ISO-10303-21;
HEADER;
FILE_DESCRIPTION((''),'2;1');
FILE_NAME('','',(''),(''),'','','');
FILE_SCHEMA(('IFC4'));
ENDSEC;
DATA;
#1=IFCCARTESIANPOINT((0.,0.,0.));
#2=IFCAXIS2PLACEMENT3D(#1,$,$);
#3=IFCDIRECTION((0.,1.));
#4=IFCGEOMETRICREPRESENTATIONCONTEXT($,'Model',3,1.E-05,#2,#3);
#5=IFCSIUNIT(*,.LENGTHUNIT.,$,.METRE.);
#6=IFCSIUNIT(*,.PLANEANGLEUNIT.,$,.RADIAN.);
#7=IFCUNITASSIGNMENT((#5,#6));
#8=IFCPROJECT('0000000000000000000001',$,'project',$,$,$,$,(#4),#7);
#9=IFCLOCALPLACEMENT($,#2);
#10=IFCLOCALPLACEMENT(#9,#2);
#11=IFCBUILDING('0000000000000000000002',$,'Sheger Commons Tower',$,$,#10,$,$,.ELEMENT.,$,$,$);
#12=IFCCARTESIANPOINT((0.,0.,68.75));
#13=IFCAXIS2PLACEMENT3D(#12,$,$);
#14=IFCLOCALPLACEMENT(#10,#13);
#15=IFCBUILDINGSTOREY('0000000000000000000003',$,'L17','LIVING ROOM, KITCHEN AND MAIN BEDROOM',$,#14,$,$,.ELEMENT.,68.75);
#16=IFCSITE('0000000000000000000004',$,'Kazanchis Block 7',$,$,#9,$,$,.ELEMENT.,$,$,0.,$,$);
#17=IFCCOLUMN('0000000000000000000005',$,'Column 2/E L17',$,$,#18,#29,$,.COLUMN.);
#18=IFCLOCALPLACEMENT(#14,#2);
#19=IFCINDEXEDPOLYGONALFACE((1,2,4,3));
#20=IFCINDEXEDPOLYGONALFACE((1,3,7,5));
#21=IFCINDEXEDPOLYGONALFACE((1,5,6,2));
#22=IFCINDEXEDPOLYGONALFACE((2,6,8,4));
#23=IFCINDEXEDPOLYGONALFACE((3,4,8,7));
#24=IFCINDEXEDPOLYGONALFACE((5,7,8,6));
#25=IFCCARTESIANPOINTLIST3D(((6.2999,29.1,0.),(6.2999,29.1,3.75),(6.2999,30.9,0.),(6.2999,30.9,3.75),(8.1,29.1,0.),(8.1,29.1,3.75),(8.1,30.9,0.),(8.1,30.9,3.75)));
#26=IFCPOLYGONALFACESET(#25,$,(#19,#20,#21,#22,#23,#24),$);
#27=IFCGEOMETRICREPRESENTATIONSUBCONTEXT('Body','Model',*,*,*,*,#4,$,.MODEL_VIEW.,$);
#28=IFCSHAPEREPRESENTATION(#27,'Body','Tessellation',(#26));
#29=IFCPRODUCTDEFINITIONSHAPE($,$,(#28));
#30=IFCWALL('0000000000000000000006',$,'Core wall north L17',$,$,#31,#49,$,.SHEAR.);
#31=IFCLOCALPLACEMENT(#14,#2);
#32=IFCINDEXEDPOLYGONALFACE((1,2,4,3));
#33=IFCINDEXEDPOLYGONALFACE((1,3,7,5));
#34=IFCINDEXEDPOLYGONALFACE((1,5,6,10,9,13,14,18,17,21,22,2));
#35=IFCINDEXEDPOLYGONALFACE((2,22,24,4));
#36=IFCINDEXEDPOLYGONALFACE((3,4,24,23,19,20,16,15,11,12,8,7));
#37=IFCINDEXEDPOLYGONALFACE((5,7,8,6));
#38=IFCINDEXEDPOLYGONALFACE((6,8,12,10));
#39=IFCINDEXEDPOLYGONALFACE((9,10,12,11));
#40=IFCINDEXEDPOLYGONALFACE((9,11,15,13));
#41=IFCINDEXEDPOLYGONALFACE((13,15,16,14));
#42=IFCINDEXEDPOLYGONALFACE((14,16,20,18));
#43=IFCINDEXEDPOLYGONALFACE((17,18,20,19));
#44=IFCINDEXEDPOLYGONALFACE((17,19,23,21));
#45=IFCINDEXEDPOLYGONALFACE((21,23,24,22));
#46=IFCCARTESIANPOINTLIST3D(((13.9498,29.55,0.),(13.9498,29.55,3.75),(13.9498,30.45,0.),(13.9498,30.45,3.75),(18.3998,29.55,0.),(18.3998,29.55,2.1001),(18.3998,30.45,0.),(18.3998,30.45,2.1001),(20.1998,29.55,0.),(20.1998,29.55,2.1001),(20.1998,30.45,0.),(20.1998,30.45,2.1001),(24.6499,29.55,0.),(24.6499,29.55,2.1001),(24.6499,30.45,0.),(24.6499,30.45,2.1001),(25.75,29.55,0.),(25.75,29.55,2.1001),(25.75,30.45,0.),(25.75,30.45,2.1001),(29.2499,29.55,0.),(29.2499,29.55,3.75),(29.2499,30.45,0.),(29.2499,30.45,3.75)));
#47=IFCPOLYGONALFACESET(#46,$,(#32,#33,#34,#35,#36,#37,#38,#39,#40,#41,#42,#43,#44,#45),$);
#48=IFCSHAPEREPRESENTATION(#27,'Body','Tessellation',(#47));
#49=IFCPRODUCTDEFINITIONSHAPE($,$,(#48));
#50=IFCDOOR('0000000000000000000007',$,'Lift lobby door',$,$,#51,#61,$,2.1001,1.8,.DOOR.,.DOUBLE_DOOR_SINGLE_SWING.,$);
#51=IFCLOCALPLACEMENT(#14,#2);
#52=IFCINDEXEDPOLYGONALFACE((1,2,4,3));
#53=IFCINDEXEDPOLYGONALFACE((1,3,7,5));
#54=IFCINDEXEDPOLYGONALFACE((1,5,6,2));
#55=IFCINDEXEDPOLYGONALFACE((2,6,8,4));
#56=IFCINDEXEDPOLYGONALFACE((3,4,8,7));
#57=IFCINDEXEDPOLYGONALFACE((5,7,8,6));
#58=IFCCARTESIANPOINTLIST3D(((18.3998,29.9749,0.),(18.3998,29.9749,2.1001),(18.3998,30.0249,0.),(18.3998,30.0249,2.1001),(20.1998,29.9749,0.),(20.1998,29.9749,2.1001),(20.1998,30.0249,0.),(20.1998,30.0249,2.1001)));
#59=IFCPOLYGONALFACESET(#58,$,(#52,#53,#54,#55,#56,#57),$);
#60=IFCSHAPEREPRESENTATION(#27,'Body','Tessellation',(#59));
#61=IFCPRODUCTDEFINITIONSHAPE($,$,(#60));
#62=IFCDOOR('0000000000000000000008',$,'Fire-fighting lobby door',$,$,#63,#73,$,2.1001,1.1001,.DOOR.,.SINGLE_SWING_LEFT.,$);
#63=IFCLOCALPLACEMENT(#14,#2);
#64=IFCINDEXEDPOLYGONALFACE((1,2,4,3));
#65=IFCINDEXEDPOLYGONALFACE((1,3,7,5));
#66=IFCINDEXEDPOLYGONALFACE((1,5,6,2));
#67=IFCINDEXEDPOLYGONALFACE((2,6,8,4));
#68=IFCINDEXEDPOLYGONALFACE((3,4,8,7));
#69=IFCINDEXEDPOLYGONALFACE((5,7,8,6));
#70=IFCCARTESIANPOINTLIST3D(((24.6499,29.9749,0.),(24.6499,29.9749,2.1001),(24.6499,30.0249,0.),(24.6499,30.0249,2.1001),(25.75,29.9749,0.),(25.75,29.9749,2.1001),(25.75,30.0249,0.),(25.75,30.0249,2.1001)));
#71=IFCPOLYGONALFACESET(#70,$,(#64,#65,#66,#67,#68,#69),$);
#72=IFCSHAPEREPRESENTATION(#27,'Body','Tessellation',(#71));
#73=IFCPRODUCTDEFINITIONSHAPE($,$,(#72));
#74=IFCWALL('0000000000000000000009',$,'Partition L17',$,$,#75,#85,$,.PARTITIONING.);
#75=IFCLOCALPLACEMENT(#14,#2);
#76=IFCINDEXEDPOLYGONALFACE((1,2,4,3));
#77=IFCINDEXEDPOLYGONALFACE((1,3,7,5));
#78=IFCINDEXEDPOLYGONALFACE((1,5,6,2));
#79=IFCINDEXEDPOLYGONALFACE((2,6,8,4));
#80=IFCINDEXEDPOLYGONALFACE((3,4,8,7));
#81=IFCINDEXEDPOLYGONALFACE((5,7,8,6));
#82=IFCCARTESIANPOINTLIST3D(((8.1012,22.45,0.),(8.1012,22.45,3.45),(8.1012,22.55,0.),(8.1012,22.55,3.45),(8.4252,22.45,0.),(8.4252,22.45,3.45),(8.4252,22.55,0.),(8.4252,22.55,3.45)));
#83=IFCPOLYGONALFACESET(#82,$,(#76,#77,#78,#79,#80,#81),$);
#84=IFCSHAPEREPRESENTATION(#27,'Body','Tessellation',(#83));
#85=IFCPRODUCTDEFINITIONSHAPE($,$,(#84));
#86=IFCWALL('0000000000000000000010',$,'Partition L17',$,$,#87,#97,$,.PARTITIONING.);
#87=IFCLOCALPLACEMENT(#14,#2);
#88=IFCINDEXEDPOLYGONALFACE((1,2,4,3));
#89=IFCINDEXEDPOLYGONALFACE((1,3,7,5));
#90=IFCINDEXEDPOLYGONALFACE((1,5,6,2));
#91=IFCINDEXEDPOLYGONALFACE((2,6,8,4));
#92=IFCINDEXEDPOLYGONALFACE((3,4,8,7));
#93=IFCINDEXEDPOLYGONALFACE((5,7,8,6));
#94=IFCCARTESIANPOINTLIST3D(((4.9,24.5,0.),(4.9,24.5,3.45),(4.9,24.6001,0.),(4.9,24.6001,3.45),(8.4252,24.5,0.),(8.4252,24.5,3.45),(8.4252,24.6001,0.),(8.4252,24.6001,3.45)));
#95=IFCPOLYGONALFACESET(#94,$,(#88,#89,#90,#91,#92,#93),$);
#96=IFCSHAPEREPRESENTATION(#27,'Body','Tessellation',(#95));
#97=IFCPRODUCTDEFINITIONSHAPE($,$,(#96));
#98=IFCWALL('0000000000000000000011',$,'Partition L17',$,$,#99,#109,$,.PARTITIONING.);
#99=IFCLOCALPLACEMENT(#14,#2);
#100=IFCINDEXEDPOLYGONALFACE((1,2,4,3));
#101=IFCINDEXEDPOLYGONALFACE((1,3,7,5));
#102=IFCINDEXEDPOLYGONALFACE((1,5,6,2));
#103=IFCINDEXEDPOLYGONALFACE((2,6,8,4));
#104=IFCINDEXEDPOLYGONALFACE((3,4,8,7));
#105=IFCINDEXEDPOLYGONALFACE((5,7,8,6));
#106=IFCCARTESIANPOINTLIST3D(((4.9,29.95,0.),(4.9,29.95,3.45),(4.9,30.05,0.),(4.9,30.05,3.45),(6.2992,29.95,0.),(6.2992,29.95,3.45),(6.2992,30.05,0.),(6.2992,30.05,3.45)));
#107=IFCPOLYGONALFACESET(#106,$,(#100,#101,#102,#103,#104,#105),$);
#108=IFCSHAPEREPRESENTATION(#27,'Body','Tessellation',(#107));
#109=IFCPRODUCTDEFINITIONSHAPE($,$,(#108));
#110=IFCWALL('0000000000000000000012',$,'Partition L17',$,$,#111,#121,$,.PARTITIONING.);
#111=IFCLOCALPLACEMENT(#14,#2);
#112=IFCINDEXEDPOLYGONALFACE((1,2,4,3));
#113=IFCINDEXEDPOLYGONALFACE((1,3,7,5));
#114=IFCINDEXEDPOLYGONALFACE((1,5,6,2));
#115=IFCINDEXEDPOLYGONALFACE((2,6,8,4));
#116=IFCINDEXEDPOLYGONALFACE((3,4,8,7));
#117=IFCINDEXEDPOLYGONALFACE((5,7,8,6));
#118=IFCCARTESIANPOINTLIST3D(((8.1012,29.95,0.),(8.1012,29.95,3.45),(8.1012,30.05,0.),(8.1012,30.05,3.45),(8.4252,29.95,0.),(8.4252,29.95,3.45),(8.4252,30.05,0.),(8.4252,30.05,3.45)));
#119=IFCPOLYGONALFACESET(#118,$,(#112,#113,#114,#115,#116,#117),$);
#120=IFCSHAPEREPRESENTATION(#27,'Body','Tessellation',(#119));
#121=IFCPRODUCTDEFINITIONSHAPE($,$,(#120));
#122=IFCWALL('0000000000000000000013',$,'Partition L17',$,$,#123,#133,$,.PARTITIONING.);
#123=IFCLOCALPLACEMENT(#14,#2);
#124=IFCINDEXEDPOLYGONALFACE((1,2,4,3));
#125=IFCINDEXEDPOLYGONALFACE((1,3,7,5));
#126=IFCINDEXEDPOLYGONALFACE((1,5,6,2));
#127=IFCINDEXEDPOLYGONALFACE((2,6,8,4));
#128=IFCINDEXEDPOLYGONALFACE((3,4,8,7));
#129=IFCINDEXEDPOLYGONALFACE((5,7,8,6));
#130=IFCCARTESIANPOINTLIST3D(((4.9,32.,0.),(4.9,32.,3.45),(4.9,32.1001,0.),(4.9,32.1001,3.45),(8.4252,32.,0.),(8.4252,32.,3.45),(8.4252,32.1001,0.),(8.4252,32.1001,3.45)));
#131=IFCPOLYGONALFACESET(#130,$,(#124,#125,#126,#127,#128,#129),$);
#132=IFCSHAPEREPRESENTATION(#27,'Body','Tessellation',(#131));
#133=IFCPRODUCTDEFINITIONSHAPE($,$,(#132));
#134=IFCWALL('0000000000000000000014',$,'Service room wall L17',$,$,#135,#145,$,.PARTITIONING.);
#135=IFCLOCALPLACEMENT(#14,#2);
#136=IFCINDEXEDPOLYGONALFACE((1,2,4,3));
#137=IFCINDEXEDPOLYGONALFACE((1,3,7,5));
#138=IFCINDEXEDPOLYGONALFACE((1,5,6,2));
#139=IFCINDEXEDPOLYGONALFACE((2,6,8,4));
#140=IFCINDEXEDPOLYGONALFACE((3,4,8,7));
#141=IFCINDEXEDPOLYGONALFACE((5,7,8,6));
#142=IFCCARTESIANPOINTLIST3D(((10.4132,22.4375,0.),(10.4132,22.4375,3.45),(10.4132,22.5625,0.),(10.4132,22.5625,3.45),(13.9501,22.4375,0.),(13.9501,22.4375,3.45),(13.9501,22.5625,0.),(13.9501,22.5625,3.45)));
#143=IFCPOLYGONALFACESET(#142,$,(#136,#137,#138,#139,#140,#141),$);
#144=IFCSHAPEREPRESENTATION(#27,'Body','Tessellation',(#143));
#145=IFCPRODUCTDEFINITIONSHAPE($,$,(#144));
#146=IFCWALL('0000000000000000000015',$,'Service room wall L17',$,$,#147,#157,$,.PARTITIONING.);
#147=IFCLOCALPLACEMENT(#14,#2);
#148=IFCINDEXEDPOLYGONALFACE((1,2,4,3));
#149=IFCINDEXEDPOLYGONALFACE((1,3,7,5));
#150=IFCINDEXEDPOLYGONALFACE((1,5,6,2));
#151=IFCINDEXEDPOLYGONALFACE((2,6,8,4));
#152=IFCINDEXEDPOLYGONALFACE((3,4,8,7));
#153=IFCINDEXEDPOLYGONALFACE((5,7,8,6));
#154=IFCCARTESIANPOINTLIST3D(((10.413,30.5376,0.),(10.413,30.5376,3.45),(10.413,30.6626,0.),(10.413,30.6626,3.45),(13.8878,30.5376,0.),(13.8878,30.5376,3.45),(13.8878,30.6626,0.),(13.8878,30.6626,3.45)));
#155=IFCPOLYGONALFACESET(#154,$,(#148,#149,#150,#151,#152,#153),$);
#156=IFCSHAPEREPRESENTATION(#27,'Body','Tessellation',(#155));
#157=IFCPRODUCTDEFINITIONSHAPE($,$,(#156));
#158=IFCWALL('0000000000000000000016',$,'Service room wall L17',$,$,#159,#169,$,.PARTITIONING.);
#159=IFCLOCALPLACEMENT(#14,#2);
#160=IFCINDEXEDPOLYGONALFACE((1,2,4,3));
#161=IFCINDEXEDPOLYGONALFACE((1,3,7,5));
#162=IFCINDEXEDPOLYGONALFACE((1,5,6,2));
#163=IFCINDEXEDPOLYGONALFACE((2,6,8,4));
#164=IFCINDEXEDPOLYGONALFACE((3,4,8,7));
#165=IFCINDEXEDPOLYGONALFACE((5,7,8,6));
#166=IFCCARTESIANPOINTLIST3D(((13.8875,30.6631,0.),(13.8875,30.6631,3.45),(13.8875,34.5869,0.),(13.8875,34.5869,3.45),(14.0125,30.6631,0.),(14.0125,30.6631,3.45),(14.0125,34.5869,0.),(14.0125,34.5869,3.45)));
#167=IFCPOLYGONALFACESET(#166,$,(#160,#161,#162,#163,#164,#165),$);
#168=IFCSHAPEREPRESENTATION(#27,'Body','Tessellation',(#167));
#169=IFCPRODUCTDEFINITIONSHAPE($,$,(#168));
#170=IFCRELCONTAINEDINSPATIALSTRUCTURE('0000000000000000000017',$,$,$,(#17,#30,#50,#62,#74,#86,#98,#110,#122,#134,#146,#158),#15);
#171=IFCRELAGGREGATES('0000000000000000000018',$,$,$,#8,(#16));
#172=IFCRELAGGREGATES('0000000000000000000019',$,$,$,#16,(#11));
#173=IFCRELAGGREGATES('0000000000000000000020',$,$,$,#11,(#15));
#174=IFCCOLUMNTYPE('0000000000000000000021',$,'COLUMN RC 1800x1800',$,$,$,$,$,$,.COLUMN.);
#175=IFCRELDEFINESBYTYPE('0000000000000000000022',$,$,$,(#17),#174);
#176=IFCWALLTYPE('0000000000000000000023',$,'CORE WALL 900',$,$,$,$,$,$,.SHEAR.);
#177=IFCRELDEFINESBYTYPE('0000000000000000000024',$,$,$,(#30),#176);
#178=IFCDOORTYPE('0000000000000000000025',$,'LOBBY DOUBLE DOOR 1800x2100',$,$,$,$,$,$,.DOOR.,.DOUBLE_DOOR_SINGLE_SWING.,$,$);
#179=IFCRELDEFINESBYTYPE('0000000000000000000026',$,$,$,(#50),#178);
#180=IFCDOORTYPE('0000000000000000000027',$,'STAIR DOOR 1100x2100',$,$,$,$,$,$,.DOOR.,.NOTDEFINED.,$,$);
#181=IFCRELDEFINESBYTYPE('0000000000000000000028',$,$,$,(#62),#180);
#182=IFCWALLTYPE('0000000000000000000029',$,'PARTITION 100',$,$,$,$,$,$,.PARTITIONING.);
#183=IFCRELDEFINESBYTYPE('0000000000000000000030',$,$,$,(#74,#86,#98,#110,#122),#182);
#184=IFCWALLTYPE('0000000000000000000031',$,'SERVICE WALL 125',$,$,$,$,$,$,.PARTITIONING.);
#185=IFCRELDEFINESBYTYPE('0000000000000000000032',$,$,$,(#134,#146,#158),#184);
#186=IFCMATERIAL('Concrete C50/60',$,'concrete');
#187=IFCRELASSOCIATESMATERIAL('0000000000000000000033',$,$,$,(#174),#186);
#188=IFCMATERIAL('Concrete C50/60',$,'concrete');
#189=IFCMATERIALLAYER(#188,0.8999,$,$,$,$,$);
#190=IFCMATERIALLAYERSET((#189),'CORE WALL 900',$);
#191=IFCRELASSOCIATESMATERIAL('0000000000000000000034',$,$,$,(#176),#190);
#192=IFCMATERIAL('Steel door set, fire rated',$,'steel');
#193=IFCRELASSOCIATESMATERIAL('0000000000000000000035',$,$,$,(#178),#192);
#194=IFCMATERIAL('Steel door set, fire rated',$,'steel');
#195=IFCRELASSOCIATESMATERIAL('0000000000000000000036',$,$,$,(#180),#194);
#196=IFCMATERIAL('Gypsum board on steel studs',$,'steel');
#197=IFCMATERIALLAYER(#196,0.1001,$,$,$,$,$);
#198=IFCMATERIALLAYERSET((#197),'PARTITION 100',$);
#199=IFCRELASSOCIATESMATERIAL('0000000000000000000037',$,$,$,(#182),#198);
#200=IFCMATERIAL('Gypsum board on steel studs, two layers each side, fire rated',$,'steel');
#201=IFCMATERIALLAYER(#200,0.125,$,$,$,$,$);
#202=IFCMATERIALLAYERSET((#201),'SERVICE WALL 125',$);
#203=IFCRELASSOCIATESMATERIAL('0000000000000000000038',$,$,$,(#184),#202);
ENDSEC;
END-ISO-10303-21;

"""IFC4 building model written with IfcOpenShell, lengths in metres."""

from ifc_helpers import new_model, si_unit, direction, frame, frame_2d, origin, origin_2d, place, context, subcontext, project, spatial, rectangle, extrude, material, layer, layer_set, material_profile, profile_set, type_object, element, fill, save


model = new_model("IFC4")

# Units and contexts
model_context = context("Model", 3, precision=1e-05, world=origin(), true_north=direction((0.0, 1.0)))
body_context = subcontext(model_context, "Body", "Model", "MODEL_VIEW")
ifc_project = project(units=[si_unit("LENGTHUNIT", "METRE"), si_unit("PLANEANGLEUNIT", "RADIAN")], contexts=[model_context])

# Site, building, storey
site_placement = place(None, origin())
site = spatial("IfcSite", under=ifc_project, at=site_placement, Name="Kazanchis Block 7", CompositionType="ELEMENT", RefElevation=0.0)
building_placement = place(site_placement, origin())
building = spatial("IfcBuilding", under=site, at=building_placement, Name="Sheger Commons Tower", CompositionType="ELEMENT")
storey_placement = place(building_placement, frame((0.0, 0.0, 68.75)))
storey = spatial("IfcBuildingStorey", under=building, at=storey_placement, Name="L17", Description="LIVING ROOM, KITCHEN AND MAIN BEDROOM", CompositionType="ELEMENT", Elevation=68.75)

# Column
ifc_material_1 = material(Name="Concrete C50/60", Category="concrete")
ifc_material_profile = material_profile(ifc_material_1, rectangle(XDim=1.8, YDim=1.8, at=origin_2d()), Name="RC 1800x1800")
ifc_profile_set = profile_set([ifc_material_profile], Name="Concrete C50/60")
column_type = type_object("IfcColumnType", Name="COLUMN RC 1800x1800", PredefinedType="COLUMN", material=ifc_profile_set)
column_placement = place(storey_placement, frame((7.2, 30.0, 0.0), z_axis=(0.0, 0.0, 1.0), x_axis=(1.0, 0.0, 0.0)))
element("IfcColumn", 1, at=column_placement, inside=storey, type_object=column_type, Name="Column 2/E L17", PredefinedType="COLUMN", context=body_context, shape_type="SweptSolid", body=[
    extrude(rectangle(XDim=1.8, YDim=1.8, at=origin_2d()), origin(), (0.0, 0.0, 1.0), 3.75),
])

# Wall, openings, doors
ifc_material_2 = material(Name="Concrete C50/60", Category="concrete")
ifc_layer_1 = layer(ifc_material_2, 0.8999)
ifc_layer_set_1 = layer_set([ifc_layer_1], Name="CORE WALL 900")
wall_type_1 = type_object("IfcWallType", Name="CORE WALL 900", PredefinedType="SHEAR", material=ifc_layer_set_1)
wall_1_placement = place(storey_placement, frame((13.95, 30.0, 0.0), z_axis=(0.0, 0.0, 1.0), x_axis=(1.0, 0.0, 0.0)))
wall_1 = element("IfcWall", 2, at=wall_1_placement, inside=storey, type_object=wall_type_1, Name="Core wall north L17", PredefinedType="SHEAR", context=body_context, shape_type="SweptSolid", body=[
    extrude(rectangle(XDim=15.3, YDim=0.8999, at=frame_2d((7.6499, 0.0))), origin(), (0.0, 0.0, 1.0), 3.75),
])
opening_1_placement = place(wall_1_placement, frame((4.45, 0.0, 0.0)))
opening_1 = element("IfcOpeningElement", 3, at=opening_1_placement, cuts=wall_1, PredefinedType="OPENING", context=body_context, shape_type="SweptSolid", body=[
    extrude(rectangle(XDim=1.8, YDim=2.1001, at=frame_2d((0.8999, 1.05))), frame((0.0, 0.46, 0.0), z_axis=(0.0, -1.0, 0.0), x_axis=(1.0, 0.0, 0.0)), (0.0, 0.0, 1.0), 0.9199),
])
opening_2_placement = place(wall_1_placement, frame((10.7, 0.0, 0.0)))
opening_2 = element("IfcOpeningElement", 4, at=opening_2_placement, cuts=wall_1, PredefinedType="OPENING", context=body_context, shape_type="SweptSolid", body=[
    extrude(rectangle(XDim=1.1001, YDim=2.1001, at=frame_2d((0.55, 1.05))), frame((0.0, 0.46, 0.0), z_axis=(0.0, -1.0, 0.0), x_axis=(1.0, 0.0, 0.0)), (0.0, 0.0, 1.0), 0.9199),
])
ifc_material_3 = material(Name="Steel door set, fire rated", Category="steel")
door_type_1 = type_object("IfcDoorType", Name="LOBBY DOUBLE DOOR 1800x2100", OperationType="DOUBLE_DOOR_SINGLE_SWING", PredefinedType="DOOR", material=ifc_material_3)
door_1_placement = place(opening_1_placement, origin())
door_1 = element("IfcDoor", 5, at=door_1_placement, inside=storey, type_object=door_type_1, Name="Lift lobby door", OperationType="DOUBLE_DOOR_SINGLE_SWING", OverallHeight=2.1001, OverallWidth=1.8, PredefinedType="DOOR", context=body_context, shape_type="SweptSolid", body=[
    extrude(rectangle(XDim=1.8, YDim=2.1001, at=frame_2d((0.8999, 1.05))), frame((0.0, 0.0249, 0.0), z_axis=(0.0, -1.0, 0.0), x_axis=(1.0, 0.0, 0.0)), (0.0, 0.0, 1.0), 0.05),
])
fill(opening_1, door_1)
ifc_material_4 = material(Name="Steel door set, fire rated", Category="steel")
door_type_2 = type_object("IfcDoorType", Name="STAIR DOOR 1100x2100", OperationType="NOTDEFINED", PredefinedType="DOOR", material=ifc_material_4)
door_2_placement = place(opening_2_placement, origin())
door_2 = element("IfcDoor", 6, at=door_2_placement, inside=storey, type_object=door_type_2, Name="Fire-fighting lobby door", OperationType="SINGLE_SWING_LEFT", OverallHeight=2.1001, OverallWidth=1.1001, PredefinedType="DOOR", context=body_context, shape_type="SweptSolid", body=[
    extrude(rectangle(XDim=1.1001, YDim=2.1001, at=frame_2d((0.55, 1.05))), frame((0.0, 0.0249, 0.0), z_axis=(0.0, -1.0, 0.0), x_axis=(1.0, 0.0, 0.0)), (0.0, 0.0, 1.0), 0.05),
])
fill(opening_2, door_2)

# Walls
ifc_material_5 = material(Name="Gypsum board on steel studs", Category="steel")
ifc_layer_2 = layer(ifc_material_5, 0.1001)
ifc_layer_set_2 = layer_set([ifc_layer_2], Name="PARTITION 100")
wall_type_2 = type_object("IfcWallType", Name="PARTITION 100", PredefinedType="PARTITIONING", material=ifc_layer_set_2)
wall_2_placement = place(storey_placement, frame((8.1011, 22.5, 0.0), z_axis=(0.0, 0.0, 1.0), x_axis=(1.0, 0.0, 0.0)))
element("IfcWall", 7, at=wall_2_placement, inside=storey, type_object=wall_type_2, Name="Partition L17", PredefinedType="PARTITIONING", context=body_context, shape_type="SweptSolid", body=[
    extrude(rectangle(XDim=0.324, YDim=0.1001, at=frame_2d((0.1621, 0.0))), origin(), (0.0, 0.0, 1.0), 3.45),
])
wall_3_placement = place(storey_placement, frame((4.8999, 24.55, 0.0), z_axis=(0.0, 0.0, 1.0), x_axis=(1.0, 0.0, 0.0)))
element("IfcWall", 8, at=wall_3_placement, inside=storey, type_object=wall_type_2, Name="Partition L17", PredefinedType="PARTITIONING", context=body_context, shape_type="SweptSolid", body=[
    extrude(rectangle(XDim=3.5251, YDim=0.1001, at=frame_2d((1.7627, 0.0))), origin(), (0.0, 0.0, 1.0), 3.45),
])
wall_4_placement = place(storey_placement, frame((4.8999, 30.0, 0.0), z_axis=(0.0, 0.0, 1.0), x_axis=(1.0, 0.0, 0.0)))
element("IfcWall", 9, at=wall_4_placement, inside=storey, type_object=wall_type_2, Name="Partition L17", PredefinedType="PARTITIONING", context=body_context, shape_type="SweptSolid", body=[
    extrude(rectangle(XDim=1.3992, YDim=0.1001, at=frame_2d((0.6997, 0.0))), origin(), (0.0, 0.0, 1.0), 3.45),
])
wall_5_placement = place(storey_placement, frame((8.1011, 30.0, 0.0), z_axis=(0.0, 0.0, 1.0), x_axis=(1.0, 0.0, 0.0)))
element("IfcWall", 10, at=wall_5_placement, inside=storey, type_object=wall_type_2, Name="Partition L17", PredefinedType="PARTITIONING", context=body_context, shape_type="SweptSolid", body=[
    extrude(rectangle(XDim=0.324, YDim=0.1001, at=frame_2d((0.1621, 0.0))), origin(), (0.0, 0.0, 1.0), 3.45),
])
wall_6_placement = place(storey_placement, frame((4.8999, 32.05, 0.0), z_axis=(0.0, 0.0, 1.0), x_axis=(1.0, 0.0, 0.0)))
element("IfcWall", 11, at=wall_6_placement, inside=storey, type_object=wall_type_2, Name="Partition L17", PredefinedType="PARTITIONING", context=body_context, shape_type="SweptSolid", body=[
    extrude(rectangle(XDim=3.5251, YDim=0.1001, at=frame_2d((1.7627, 0.0))), origin(), (0.0, 0.0, 1.0), 3.45),
])
ifc_material_6 = material(Name="Gypsum board on steel studs, two layers each side, fire rated", Category="steel")
ifc_layer_3 = layer(ifc_material_6, 0.125)
ifc_layer_set_3 = layer_set([ifc_layer_3], Name="SERVICE WALL 125")
wall_type_3 = type_object("IfcWallType", Name="SERVICE WALL 125", PredefinedType="PARTITIONING", material=ifc_layer_set_3)
wall_7_placement = place(storey_placement, frame((10.4131, 22.5, 0.0), z_axis=(0.0, 0.0, 1.0), x_axis=(1.0, 0.0, 0.0)))
element("IfcWall", 12, at=wall_7_placement, inside=storey, type_object=wall_type_3, Name="Service room wall L17", PredefinedType="PARTITIONING", context=body_context, shape_type="SweptSolid", body=[
    extrude(rectangle(XDim=3.5369, YDim=0.125, at=frame_2d((1.7686, 0.0))), origin(), (0.0, 0.0, 1.0), 3.45),
])
wall_8_placement = place(storey_placement, frame((10.4131, 30.6001, 0.0), z_axis=(0.0, 0.0, 1.0), x_axis=(1.0, 0.0, 0.0)))
element("IfcWall", 13, at=wall_8_placement, inside=storey, type_object=wall_type_3, Name="Service room wall L17", PredefinedType="PARTITIONING", context=body_context, shape_type="SweptSolid", body=[
    extrude(rectangle(XDim=3.4749, YDim=0.125, at=frame_2d((1.7373, 0.0))), origin(), (0.0, 0.0, 1.0), 3.45),
])
wall_9_placement = place(storey_placement, frame((13.95, 30.6631, 0.0), z_axis=(0.0, 0.0, 1.0), x_axis=(0.0, 1.0, 0.0)))
element("IfcWall", 14, at=wall_9_placement, inside=storey, type_object=wall_type_3, Name="Service room wall L17", PredefinedType="PARTITIONING", context=body_context, shape_type="SweptSolid", body=[
    extrude(rectangle(XDim=3.9238, YDim=0.125, at=frame_2d((1.9619, 0.0))), origin(), (0.0, 0.0, 1.0), 3.45),
])

save(model, "model.ifc")
